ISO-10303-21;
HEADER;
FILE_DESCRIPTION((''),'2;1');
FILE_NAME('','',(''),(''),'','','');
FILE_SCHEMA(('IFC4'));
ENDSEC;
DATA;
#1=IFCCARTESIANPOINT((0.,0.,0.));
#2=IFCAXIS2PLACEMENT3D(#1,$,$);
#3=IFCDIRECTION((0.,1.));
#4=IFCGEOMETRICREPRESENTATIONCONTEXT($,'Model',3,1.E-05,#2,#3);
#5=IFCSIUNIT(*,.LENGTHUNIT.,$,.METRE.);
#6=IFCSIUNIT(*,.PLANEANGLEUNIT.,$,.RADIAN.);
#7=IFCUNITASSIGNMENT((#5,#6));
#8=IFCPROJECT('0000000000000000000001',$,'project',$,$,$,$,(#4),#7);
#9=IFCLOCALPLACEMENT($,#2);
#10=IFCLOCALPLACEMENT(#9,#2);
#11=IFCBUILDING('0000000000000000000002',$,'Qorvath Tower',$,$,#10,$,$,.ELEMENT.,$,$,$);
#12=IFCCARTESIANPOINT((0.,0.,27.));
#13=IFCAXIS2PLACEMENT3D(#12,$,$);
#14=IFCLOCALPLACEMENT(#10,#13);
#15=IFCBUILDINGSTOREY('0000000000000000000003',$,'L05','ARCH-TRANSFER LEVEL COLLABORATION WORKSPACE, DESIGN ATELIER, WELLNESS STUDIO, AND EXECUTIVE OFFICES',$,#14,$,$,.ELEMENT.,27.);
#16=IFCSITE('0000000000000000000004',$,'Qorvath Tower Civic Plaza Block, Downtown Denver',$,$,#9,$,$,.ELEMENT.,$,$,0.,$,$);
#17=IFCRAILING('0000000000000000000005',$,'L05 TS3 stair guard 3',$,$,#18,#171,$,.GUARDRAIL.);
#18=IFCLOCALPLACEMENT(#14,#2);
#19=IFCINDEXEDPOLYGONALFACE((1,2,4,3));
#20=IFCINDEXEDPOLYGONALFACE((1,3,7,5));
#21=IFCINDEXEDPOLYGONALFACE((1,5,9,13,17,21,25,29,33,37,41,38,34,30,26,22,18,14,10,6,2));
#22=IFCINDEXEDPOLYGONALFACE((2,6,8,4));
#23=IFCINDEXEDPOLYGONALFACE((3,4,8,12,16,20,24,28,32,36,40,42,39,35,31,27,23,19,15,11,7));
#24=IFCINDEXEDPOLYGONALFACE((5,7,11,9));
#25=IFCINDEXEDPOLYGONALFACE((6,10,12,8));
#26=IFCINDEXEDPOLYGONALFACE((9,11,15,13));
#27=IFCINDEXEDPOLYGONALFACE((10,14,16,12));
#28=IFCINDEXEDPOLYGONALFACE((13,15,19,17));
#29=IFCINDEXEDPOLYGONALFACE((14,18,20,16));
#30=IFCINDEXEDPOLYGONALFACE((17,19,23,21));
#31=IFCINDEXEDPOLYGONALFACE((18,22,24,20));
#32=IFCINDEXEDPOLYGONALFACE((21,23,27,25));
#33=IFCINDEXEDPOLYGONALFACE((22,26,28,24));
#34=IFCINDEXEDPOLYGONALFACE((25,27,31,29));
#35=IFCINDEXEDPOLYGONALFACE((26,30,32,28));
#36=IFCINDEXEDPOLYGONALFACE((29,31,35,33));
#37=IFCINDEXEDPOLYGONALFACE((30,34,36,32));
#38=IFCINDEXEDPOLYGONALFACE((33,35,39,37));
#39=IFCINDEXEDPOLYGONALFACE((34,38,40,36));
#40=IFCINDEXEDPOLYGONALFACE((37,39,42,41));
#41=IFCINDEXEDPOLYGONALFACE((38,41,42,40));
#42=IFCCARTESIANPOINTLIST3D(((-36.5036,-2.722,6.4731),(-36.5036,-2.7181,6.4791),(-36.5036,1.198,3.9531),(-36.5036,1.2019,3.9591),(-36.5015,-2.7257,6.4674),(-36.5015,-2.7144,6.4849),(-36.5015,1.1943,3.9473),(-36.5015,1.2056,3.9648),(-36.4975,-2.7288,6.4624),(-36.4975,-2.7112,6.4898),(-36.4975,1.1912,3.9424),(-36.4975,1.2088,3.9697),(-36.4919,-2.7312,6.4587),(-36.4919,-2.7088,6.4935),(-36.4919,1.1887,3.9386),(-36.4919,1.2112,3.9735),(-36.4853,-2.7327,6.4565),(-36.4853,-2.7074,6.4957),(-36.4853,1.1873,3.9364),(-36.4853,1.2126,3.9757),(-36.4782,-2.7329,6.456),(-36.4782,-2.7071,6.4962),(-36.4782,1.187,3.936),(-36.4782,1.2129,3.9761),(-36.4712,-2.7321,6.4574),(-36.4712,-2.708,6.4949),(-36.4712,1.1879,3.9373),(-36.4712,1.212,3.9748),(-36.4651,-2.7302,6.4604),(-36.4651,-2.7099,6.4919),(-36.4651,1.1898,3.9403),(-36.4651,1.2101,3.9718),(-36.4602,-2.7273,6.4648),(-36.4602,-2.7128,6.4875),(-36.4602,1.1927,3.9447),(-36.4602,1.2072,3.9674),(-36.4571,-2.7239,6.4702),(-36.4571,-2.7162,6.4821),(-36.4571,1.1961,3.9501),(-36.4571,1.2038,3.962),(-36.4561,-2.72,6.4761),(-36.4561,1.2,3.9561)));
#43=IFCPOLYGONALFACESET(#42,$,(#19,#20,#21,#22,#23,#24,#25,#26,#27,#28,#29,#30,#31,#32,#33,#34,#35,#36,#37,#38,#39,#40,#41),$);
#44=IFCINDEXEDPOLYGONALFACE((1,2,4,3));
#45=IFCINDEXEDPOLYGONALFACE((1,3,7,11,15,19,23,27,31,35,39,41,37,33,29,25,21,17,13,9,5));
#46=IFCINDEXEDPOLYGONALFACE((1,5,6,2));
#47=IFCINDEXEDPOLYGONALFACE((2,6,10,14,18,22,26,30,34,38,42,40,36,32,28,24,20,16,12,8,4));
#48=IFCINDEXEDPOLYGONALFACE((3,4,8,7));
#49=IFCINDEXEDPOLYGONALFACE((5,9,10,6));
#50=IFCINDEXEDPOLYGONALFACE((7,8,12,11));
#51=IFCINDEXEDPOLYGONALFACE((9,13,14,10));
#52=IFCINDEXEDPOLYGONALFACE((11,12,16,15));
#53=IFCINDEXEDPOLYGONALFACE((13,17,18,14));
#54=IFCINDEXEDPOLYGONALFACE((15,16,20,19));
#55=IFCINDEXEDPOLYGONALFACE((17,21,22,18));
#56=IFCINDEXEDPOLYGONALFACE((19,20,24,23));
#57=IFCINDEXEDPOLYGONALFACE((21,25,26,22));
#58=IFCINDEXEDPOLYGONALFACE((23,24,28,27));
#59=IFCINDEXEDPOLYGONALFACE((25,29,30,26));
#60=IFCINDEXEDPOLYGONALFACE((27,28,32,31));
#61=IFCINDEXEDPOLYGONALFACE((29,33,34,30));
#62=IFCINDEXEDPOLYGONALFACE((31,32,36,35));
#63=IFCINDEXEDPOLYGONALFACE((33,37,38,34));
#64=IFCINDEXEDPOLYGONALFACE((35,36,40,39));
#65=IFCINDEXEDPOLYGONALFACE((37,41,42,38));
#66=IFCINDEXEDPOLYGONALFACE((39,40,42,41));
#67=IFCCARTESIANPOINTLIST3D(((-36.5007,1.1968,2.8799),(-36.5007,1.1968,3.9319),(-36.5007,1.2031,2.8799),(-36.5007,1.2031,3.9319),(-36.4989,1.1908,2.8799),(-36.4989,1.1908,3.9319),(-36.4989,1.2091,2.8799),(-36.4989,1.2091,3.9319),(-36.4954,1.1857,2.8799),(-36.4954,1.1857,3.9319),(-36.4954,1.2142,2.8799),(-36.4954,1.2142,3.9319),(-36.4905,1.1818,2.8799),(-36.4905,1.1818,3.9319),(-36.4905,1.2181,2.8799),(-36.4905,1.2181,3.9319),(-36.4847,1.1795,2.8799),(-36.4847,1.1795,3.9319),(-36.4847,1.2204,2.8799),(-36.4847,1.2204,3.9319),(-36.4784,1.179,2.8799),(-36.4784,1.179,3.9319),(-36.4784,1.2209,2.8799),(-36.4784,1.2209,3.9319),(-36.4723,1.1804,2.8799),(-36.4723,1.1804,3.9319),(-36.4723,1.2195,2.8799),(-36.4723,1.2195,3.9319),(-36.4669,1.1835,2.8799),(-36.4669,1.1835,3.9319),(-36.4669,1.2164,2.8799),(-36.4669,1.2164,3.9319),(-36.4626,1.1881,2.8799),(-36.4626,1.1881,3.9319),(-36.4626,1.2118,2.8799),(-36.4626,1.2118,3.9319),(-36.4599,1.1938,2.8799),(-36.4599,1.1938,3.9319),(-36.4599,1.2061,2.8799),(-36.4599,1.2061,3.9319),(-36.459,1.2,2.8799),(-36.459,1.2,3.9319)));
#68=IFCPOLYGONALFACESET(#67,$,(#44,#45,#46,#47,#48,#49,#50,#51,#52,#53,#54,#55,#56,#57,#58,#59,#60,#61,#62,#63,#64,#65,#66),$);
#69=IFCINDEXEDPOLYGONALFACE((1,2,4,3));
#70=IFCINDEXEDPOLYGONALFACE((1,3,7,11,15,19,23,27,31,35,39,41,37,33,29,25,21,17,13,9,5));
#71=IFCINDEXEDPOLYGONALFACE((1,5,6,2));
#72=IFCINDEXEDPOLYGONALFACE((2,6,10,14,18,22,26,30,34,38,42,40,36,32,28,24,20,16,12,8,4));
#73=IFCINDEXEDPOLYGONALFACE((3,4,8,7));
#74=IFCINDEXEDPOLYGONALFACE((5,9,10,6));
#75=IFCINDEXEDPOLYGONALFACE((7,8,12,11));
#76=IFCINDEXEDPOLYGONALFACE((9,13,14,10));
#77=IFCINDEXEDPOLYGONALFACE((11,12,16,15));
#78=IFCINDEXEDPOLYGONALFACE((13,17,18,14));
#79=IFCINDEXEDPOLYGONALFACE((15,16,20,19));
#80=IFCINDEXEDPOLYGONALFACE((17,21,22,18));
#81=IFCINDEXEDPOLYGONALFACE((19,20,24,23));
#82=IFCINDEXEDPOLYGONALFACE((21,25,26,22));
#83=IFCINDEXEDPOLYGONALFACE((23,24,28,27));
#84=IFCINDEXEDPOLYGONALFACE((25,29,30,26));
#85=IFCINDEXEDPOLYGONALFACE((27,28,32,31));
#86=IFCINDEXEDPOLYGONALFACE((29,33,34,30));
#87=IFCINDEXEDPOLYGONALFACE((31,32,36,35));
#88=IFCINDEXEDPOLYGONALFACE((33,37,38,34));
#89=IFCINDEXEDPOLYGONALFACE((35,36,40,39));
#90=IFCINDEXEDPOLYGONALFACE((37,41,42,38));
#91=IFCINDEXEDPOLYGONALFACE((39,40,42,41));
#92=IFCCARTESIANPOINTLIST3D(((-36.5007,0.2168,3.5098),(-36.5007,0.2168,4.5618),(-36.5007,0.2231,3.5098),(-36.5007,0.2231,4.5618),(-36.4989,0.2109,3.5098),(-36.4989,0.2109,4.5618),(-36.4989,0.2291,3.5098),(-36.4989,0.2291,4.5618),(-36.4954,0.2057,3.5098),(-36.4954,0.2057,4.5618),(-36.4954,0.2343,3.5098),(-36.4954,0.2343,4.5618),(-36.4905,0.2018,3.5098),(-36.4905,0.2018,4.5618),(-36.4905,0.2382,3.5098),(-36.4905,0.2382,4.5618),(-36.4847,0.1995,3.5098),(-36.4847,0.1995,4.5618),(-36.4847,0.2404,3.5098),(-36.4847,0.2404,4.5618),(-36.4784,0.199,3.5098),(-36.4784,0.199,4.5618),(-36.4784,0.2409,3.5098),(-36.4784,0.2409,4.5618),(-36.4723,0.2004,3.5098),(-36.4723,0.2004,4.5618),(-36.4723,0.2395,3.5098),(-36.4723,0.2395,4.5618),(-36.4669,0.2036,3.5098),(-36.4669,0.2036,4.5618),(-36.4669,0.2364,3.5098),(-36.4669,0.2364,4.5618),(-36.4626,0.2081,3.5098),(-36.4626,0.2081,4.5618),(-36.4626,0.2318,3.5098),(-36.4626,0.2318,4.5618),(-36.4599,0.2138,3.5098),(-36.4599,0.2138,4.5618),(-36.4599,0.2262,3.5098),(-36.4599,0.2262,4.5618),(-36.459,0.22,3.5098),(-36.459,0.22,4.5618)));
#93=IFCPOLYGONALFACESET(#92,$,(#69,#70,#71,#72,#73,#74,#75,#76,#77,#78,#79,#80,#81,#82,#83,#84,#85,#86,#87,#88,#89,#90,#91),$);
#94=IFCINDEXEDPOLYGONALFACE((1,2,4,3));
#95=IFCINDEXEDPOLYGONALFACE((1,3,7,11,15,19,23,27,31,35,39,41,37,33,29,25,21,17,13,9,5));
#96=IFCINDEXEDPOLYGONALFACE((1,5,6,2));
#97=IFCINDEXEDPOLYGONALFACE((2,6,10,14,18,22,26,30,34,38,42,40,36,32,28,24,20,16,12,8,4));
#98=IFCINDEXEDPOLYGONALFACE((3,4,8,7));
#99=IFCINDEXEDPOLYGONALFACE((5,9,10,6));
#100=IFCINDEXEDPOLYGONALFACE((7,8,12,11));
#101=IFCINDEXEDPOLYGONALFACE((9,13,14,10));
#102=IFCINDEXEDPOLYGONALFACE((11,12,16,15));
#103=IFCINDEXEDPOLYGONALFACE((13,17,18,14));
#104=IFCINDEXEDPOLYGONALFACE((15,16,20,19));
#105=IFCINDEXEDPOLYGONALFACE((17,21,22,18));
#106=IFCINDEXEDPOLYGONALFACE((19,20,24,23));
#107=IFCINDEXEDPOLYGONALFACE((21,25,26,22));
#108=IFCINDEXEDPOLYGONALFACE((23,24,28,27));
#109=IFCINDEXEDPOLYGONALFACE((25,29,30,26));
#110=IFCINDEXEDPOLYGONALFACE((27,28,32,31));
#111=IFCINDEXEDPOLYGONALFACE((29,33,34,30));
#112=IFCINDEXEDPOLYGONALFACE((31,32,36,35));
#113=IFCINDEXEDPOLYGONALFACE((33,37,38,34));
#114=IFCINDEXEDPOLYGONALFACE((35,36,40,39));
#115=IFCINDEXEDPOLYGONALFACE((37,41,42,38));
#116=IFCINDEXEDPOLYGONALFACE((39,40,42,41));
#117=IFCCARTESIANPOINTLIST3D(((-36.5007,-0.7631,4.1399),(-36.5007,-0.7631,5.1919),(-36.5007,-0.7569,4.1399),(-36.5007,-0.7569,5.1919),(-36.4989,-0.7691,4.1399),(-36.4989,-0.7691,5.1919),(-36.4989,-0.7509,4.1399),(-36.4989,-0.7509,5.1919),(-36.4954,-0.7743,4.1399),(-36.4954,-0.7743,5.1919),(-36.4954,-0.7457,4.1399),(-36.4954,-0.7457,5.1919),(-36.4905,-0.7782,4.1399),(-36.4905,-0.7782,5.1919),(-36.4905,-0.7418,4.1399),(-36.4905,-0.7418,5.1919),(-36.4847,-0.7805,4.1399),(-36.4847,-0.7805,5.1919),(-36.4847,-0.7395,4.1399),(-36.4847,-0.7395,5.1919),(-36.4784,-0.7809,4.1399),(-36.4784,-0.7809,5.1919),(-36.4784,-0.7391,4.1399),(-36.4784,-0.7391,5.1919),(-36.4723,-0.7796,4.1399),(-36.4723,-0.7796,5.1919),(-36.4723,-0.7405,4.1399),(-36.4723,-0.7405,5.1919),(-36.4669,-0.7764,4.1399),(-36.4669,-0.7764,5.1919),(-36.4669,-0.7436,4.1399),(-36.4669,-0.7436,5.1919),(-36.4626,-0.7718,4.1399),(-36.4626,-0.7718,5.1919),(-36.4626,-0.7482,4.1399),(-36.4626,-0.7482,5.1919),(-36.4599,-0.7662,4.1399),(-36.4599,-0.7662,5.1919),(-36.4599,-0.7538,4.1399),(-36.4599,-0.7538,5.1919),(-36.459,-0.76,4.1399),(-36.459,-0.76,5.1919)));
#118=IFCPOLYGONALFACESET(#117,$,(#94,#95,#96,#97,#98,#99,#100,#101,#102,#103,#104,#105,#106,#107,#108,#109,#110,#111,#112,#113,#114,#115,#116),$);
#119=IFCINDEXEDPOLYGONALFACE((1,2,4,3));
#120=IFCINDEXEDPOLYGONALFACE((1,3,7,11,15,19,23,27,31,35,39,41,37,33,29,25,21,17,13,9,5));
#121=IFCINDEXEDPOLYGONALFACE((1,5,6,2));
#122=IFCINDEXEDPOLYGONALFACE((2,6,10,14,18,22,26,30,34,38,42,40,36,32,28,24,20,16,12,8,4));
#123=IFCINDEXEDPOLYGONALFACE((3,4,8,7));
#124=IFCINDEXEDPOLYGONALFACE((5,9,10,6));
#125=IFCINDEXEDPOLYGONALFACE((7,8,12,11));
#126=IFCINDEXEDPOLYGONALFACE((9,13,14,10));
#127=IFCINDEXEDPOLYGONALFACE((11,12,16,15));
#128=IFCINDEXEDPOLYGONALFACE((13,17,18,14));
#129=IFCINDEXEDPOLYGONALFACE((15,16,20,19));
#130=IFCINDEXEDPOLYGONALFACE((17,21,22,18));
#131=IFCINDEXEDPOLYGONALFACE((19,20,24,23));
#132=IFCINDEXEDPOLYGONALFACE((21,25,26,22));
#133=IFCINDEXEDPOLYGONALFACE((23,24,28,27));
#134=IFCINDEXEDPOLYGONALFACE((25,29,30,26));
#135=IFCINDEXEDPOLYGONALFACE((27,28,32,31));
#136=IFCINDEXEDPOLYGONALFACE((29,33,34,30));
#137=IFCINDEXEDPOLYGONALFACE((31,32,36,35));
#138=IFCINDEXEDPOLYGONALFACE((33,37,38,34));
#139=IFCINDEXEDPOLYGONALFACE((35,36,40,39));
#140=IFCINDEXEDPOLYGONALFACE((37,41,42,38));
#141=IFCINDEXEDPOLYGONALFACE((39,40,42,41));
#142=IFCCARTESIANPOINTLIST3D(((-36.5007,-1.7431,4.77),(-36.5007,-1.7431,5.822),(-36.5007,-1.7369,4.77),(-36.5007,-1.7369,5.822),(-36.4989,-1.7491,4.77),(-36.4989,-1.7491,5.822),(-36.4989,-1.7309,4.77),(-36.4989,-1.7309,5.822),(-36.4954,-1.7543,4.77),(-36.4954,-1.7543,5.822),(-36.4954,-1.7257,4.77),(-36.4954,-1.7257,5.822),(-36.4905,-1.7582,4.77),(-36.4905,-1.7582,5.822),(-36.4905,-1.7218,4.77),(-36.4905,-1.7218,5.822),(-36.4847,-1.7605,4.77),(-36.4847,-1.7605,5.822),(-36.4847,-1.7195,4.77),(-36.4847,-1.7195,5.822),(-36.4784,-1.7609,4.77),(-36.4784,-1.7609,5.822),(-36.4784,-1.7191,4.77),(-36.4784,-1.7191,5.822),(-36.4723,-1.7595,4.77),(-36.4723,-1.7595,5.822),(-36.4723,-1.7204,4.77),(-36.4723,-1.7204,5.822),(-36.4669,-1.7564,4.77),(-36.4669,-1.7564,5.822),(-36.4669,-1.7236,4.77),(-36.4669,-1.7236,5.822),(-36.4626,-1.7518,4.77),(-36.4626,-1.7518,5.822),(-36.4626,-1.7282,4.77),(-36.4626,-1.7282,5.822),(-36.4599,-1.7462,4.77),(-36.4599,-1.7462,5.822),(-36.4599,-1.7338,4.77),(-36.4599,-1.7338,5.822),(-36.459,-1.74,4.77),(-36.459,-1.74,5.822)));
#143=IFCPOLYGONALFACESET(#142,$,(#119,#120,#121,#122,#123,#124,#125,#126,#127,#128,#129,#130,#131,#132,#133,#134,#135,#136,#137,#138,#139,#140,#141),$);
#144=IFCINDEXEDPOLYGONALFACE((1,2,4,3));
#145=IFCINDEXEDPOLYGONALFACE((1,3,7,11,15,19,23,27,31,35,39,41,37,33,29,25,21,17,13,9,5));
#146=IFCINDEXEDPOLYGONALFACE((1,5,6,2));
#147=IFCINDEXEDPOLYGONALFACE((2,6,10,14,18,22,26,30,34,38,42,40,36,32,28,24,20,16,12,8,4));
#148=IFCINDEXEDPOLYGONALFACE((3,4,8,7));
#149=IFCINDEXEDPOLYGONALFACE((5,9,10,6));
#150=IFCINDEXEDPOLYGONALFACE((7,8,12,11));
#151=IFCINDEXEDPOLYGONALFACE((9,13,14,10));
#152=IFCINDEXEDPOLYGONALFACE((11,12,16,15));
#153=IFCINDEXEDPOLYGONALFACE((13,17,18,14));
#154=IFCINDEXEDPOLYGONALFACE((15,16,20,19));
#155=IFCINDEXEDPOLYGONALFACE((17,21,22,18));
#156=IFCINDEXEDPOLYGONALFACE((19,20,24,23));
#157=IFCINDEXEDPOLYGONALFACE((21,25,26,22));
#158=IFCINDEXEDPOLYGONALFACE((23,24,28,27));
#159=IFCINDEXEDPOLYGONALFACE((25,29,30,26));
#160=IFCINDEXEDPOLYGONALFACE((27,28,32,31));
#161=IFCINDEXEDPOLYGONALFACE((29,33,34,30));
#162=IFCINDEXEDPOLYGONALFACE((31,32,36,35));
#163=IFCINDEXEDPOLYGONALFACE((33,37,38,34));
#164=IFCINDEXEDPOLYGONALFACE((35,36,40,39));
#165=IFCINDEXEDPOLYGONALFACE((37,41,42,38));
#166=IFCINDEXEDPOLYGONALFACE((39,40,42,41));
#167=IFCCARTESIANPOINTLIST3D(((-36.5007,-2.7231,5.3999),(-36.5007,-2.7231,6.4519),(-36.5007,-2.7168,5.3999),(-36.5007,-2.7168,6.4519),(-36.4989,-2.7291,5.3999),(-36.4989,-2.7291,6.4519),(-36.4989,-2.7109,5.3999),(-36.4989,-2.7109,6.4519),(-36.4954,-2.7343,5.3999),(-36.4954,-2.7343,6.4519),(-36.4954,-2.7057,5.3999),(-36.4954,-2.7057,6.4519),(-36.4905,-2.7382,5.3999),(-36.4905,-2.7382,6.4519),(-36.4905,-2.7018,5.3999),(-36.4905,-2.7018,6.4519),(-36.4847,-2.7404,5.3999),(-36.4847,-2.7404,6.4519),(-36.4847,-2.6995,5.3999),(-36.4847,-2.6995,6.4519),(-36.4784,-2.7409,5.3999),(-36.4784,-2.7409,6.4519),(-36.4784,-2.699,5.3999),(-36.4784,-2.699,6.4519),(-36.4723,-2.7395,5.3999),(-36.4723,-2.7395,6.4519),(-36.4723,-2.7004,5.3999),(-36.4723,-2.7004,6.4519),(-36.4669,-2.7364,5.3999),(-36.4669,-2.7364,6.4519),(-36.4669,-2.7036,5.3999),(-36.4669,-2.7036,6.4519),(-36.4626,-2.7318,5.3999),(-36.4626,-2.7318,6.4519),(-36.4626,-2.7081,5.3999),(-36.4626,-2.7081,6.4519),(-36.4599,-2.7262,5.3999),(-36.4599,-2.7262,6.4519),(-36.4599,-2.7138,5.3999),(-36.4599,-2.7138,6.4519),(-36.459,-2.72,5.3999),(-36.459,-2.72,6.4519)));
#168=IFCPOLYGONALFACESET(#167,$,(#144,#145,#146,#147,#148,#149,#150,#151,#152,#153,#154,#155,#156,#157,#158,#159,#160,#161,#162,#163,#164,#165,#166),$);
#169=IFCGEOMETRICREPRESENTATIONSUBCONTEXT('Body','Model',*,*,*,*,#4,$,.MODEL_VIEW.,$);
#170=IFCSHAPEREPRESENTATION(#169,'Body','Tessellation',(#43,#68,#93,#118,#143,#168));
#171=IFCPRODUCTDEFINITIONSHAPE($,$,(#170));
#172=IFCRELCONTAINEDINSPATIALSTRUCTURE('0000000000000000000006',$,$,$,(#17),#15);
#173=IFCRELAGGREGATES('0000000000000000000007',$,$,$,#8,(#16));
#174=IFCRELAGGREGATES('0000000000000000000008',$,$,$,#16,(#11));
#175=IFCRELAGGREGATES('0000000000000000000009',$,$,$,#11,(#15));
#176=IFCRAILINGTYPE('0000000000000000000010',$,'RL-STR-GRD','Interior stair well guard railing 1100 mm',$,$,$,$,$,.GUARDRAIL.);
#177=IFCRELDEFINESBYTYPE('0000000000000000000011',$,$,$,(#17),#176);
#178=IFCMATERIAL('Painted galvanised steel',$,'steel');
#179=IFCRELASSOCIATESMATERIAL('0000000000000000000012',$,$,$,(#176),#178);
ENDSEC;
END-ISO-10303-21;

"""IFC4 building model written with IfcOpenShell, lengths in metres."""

from ifc_helpers import new_model, si_unit, direction, frame, origin, origin_2d, place, context, subcontext, project, spatial, circle, extrude, material, type_object, element, save


model = new_model("IFC4")

# Units and contexts
model_context = context("Model", 3, precision=1e-05, world=origin(), true_north=direction((0.0, 1.0)))
body_context = subcontext(model_context, "Body", "Model", "MODEL_VIEW")
ifc_project = project(units=[si_unit("LENGTHUNIT", "METRE"), si_unit("PLANEANGLEUNIT", "RADIAN")], contexts=[model_context])

# Site, building, storey
site_placement = place(None, origin())
site = spatial("IfcSite", under=ifc_project, at=site_placement, Name="Qorvath Tower Civic Plaza Block, Downtown Denver", CompositionType="ELEMENT", RefElevation=0.0)
building_placement = place(site_placement, origin())
building = spatial("IfcBuilding", under=site, at=building_placement, Name="Qorvath Tower", CompositionType="ELEMENT")
storey_placement = place(building_placement, frame((0.0, 0.0, 27.0)))
storey = spatial("IfcBuildingStorey", under=building, at=storey_placement, Name="L05", Description="ARCH-TRANSFER LEVEL COLLABORATION WORKSPACE, DESIGN ATELIER, WELLNESS STUDIO, AND EXECUTIVE OFFICES", CompositionType="ELEMENT", Elevation=27.0)

# Railing
ifc_material_1 = material(Name="Painted galvanised steel", Category="steel")
railing_type_1 = type_object("IfcRailingType", Name="RL-STR-GRD", Description="Interior stair well guard railing 1100 mm", PredefinedType="GUARDRAIL", material=ifc_material_1)
railing_1_placement = place(storey_placement, frame((-36.48, 1.2, 2.8799)))
element("IfcRailing", 1, at=railing_1_placement, inside=storey, type_object=railing_type_1, Name="L05 TS3 stair guard 3", PredefinedType="GUARDRAIL", context=body_context, shape_type="SweptSolid", body=[
    extrude(circle(Radius=0.0239, at=origin_2d()), frame((0.0, 0.0, 1.0762), z_axis=(0.0, -0.841172, 0.540768), x_axis=(1.0, 0.0, 0.0)), (0.0, 0.0, 1.0), 4.6602),
    extrude(circle(Radius=0.021, at=origin_2d()), origin(), (0.0, 0.0, 1.0), 1.052),
    extrude(circle(Radius=0.021, at=origin_2d()), frame((0.0, -0.98, 0.6299)), (0.0, 0.0, 1.0), 1.052),
    extrude(circle(Radius=0.021, at=origin_2d()), frame((0.0, -1.96, 1.26)), (0.0, 0.0, 1.0), 1.052),
    extrude(circle(Radius=0.021, at=origin_2d()), frame((0.0, -2.9399, 1.8901)), (0.0, 0.0, 1.0), 1.052),
    extrude(circle(Radius=0.021, at=origin_2d()), frame((0.0, -3.9199, 2.52)), (0.0, 0.0, 1.0), 1.052),
])

save(model, "model.ifc")
